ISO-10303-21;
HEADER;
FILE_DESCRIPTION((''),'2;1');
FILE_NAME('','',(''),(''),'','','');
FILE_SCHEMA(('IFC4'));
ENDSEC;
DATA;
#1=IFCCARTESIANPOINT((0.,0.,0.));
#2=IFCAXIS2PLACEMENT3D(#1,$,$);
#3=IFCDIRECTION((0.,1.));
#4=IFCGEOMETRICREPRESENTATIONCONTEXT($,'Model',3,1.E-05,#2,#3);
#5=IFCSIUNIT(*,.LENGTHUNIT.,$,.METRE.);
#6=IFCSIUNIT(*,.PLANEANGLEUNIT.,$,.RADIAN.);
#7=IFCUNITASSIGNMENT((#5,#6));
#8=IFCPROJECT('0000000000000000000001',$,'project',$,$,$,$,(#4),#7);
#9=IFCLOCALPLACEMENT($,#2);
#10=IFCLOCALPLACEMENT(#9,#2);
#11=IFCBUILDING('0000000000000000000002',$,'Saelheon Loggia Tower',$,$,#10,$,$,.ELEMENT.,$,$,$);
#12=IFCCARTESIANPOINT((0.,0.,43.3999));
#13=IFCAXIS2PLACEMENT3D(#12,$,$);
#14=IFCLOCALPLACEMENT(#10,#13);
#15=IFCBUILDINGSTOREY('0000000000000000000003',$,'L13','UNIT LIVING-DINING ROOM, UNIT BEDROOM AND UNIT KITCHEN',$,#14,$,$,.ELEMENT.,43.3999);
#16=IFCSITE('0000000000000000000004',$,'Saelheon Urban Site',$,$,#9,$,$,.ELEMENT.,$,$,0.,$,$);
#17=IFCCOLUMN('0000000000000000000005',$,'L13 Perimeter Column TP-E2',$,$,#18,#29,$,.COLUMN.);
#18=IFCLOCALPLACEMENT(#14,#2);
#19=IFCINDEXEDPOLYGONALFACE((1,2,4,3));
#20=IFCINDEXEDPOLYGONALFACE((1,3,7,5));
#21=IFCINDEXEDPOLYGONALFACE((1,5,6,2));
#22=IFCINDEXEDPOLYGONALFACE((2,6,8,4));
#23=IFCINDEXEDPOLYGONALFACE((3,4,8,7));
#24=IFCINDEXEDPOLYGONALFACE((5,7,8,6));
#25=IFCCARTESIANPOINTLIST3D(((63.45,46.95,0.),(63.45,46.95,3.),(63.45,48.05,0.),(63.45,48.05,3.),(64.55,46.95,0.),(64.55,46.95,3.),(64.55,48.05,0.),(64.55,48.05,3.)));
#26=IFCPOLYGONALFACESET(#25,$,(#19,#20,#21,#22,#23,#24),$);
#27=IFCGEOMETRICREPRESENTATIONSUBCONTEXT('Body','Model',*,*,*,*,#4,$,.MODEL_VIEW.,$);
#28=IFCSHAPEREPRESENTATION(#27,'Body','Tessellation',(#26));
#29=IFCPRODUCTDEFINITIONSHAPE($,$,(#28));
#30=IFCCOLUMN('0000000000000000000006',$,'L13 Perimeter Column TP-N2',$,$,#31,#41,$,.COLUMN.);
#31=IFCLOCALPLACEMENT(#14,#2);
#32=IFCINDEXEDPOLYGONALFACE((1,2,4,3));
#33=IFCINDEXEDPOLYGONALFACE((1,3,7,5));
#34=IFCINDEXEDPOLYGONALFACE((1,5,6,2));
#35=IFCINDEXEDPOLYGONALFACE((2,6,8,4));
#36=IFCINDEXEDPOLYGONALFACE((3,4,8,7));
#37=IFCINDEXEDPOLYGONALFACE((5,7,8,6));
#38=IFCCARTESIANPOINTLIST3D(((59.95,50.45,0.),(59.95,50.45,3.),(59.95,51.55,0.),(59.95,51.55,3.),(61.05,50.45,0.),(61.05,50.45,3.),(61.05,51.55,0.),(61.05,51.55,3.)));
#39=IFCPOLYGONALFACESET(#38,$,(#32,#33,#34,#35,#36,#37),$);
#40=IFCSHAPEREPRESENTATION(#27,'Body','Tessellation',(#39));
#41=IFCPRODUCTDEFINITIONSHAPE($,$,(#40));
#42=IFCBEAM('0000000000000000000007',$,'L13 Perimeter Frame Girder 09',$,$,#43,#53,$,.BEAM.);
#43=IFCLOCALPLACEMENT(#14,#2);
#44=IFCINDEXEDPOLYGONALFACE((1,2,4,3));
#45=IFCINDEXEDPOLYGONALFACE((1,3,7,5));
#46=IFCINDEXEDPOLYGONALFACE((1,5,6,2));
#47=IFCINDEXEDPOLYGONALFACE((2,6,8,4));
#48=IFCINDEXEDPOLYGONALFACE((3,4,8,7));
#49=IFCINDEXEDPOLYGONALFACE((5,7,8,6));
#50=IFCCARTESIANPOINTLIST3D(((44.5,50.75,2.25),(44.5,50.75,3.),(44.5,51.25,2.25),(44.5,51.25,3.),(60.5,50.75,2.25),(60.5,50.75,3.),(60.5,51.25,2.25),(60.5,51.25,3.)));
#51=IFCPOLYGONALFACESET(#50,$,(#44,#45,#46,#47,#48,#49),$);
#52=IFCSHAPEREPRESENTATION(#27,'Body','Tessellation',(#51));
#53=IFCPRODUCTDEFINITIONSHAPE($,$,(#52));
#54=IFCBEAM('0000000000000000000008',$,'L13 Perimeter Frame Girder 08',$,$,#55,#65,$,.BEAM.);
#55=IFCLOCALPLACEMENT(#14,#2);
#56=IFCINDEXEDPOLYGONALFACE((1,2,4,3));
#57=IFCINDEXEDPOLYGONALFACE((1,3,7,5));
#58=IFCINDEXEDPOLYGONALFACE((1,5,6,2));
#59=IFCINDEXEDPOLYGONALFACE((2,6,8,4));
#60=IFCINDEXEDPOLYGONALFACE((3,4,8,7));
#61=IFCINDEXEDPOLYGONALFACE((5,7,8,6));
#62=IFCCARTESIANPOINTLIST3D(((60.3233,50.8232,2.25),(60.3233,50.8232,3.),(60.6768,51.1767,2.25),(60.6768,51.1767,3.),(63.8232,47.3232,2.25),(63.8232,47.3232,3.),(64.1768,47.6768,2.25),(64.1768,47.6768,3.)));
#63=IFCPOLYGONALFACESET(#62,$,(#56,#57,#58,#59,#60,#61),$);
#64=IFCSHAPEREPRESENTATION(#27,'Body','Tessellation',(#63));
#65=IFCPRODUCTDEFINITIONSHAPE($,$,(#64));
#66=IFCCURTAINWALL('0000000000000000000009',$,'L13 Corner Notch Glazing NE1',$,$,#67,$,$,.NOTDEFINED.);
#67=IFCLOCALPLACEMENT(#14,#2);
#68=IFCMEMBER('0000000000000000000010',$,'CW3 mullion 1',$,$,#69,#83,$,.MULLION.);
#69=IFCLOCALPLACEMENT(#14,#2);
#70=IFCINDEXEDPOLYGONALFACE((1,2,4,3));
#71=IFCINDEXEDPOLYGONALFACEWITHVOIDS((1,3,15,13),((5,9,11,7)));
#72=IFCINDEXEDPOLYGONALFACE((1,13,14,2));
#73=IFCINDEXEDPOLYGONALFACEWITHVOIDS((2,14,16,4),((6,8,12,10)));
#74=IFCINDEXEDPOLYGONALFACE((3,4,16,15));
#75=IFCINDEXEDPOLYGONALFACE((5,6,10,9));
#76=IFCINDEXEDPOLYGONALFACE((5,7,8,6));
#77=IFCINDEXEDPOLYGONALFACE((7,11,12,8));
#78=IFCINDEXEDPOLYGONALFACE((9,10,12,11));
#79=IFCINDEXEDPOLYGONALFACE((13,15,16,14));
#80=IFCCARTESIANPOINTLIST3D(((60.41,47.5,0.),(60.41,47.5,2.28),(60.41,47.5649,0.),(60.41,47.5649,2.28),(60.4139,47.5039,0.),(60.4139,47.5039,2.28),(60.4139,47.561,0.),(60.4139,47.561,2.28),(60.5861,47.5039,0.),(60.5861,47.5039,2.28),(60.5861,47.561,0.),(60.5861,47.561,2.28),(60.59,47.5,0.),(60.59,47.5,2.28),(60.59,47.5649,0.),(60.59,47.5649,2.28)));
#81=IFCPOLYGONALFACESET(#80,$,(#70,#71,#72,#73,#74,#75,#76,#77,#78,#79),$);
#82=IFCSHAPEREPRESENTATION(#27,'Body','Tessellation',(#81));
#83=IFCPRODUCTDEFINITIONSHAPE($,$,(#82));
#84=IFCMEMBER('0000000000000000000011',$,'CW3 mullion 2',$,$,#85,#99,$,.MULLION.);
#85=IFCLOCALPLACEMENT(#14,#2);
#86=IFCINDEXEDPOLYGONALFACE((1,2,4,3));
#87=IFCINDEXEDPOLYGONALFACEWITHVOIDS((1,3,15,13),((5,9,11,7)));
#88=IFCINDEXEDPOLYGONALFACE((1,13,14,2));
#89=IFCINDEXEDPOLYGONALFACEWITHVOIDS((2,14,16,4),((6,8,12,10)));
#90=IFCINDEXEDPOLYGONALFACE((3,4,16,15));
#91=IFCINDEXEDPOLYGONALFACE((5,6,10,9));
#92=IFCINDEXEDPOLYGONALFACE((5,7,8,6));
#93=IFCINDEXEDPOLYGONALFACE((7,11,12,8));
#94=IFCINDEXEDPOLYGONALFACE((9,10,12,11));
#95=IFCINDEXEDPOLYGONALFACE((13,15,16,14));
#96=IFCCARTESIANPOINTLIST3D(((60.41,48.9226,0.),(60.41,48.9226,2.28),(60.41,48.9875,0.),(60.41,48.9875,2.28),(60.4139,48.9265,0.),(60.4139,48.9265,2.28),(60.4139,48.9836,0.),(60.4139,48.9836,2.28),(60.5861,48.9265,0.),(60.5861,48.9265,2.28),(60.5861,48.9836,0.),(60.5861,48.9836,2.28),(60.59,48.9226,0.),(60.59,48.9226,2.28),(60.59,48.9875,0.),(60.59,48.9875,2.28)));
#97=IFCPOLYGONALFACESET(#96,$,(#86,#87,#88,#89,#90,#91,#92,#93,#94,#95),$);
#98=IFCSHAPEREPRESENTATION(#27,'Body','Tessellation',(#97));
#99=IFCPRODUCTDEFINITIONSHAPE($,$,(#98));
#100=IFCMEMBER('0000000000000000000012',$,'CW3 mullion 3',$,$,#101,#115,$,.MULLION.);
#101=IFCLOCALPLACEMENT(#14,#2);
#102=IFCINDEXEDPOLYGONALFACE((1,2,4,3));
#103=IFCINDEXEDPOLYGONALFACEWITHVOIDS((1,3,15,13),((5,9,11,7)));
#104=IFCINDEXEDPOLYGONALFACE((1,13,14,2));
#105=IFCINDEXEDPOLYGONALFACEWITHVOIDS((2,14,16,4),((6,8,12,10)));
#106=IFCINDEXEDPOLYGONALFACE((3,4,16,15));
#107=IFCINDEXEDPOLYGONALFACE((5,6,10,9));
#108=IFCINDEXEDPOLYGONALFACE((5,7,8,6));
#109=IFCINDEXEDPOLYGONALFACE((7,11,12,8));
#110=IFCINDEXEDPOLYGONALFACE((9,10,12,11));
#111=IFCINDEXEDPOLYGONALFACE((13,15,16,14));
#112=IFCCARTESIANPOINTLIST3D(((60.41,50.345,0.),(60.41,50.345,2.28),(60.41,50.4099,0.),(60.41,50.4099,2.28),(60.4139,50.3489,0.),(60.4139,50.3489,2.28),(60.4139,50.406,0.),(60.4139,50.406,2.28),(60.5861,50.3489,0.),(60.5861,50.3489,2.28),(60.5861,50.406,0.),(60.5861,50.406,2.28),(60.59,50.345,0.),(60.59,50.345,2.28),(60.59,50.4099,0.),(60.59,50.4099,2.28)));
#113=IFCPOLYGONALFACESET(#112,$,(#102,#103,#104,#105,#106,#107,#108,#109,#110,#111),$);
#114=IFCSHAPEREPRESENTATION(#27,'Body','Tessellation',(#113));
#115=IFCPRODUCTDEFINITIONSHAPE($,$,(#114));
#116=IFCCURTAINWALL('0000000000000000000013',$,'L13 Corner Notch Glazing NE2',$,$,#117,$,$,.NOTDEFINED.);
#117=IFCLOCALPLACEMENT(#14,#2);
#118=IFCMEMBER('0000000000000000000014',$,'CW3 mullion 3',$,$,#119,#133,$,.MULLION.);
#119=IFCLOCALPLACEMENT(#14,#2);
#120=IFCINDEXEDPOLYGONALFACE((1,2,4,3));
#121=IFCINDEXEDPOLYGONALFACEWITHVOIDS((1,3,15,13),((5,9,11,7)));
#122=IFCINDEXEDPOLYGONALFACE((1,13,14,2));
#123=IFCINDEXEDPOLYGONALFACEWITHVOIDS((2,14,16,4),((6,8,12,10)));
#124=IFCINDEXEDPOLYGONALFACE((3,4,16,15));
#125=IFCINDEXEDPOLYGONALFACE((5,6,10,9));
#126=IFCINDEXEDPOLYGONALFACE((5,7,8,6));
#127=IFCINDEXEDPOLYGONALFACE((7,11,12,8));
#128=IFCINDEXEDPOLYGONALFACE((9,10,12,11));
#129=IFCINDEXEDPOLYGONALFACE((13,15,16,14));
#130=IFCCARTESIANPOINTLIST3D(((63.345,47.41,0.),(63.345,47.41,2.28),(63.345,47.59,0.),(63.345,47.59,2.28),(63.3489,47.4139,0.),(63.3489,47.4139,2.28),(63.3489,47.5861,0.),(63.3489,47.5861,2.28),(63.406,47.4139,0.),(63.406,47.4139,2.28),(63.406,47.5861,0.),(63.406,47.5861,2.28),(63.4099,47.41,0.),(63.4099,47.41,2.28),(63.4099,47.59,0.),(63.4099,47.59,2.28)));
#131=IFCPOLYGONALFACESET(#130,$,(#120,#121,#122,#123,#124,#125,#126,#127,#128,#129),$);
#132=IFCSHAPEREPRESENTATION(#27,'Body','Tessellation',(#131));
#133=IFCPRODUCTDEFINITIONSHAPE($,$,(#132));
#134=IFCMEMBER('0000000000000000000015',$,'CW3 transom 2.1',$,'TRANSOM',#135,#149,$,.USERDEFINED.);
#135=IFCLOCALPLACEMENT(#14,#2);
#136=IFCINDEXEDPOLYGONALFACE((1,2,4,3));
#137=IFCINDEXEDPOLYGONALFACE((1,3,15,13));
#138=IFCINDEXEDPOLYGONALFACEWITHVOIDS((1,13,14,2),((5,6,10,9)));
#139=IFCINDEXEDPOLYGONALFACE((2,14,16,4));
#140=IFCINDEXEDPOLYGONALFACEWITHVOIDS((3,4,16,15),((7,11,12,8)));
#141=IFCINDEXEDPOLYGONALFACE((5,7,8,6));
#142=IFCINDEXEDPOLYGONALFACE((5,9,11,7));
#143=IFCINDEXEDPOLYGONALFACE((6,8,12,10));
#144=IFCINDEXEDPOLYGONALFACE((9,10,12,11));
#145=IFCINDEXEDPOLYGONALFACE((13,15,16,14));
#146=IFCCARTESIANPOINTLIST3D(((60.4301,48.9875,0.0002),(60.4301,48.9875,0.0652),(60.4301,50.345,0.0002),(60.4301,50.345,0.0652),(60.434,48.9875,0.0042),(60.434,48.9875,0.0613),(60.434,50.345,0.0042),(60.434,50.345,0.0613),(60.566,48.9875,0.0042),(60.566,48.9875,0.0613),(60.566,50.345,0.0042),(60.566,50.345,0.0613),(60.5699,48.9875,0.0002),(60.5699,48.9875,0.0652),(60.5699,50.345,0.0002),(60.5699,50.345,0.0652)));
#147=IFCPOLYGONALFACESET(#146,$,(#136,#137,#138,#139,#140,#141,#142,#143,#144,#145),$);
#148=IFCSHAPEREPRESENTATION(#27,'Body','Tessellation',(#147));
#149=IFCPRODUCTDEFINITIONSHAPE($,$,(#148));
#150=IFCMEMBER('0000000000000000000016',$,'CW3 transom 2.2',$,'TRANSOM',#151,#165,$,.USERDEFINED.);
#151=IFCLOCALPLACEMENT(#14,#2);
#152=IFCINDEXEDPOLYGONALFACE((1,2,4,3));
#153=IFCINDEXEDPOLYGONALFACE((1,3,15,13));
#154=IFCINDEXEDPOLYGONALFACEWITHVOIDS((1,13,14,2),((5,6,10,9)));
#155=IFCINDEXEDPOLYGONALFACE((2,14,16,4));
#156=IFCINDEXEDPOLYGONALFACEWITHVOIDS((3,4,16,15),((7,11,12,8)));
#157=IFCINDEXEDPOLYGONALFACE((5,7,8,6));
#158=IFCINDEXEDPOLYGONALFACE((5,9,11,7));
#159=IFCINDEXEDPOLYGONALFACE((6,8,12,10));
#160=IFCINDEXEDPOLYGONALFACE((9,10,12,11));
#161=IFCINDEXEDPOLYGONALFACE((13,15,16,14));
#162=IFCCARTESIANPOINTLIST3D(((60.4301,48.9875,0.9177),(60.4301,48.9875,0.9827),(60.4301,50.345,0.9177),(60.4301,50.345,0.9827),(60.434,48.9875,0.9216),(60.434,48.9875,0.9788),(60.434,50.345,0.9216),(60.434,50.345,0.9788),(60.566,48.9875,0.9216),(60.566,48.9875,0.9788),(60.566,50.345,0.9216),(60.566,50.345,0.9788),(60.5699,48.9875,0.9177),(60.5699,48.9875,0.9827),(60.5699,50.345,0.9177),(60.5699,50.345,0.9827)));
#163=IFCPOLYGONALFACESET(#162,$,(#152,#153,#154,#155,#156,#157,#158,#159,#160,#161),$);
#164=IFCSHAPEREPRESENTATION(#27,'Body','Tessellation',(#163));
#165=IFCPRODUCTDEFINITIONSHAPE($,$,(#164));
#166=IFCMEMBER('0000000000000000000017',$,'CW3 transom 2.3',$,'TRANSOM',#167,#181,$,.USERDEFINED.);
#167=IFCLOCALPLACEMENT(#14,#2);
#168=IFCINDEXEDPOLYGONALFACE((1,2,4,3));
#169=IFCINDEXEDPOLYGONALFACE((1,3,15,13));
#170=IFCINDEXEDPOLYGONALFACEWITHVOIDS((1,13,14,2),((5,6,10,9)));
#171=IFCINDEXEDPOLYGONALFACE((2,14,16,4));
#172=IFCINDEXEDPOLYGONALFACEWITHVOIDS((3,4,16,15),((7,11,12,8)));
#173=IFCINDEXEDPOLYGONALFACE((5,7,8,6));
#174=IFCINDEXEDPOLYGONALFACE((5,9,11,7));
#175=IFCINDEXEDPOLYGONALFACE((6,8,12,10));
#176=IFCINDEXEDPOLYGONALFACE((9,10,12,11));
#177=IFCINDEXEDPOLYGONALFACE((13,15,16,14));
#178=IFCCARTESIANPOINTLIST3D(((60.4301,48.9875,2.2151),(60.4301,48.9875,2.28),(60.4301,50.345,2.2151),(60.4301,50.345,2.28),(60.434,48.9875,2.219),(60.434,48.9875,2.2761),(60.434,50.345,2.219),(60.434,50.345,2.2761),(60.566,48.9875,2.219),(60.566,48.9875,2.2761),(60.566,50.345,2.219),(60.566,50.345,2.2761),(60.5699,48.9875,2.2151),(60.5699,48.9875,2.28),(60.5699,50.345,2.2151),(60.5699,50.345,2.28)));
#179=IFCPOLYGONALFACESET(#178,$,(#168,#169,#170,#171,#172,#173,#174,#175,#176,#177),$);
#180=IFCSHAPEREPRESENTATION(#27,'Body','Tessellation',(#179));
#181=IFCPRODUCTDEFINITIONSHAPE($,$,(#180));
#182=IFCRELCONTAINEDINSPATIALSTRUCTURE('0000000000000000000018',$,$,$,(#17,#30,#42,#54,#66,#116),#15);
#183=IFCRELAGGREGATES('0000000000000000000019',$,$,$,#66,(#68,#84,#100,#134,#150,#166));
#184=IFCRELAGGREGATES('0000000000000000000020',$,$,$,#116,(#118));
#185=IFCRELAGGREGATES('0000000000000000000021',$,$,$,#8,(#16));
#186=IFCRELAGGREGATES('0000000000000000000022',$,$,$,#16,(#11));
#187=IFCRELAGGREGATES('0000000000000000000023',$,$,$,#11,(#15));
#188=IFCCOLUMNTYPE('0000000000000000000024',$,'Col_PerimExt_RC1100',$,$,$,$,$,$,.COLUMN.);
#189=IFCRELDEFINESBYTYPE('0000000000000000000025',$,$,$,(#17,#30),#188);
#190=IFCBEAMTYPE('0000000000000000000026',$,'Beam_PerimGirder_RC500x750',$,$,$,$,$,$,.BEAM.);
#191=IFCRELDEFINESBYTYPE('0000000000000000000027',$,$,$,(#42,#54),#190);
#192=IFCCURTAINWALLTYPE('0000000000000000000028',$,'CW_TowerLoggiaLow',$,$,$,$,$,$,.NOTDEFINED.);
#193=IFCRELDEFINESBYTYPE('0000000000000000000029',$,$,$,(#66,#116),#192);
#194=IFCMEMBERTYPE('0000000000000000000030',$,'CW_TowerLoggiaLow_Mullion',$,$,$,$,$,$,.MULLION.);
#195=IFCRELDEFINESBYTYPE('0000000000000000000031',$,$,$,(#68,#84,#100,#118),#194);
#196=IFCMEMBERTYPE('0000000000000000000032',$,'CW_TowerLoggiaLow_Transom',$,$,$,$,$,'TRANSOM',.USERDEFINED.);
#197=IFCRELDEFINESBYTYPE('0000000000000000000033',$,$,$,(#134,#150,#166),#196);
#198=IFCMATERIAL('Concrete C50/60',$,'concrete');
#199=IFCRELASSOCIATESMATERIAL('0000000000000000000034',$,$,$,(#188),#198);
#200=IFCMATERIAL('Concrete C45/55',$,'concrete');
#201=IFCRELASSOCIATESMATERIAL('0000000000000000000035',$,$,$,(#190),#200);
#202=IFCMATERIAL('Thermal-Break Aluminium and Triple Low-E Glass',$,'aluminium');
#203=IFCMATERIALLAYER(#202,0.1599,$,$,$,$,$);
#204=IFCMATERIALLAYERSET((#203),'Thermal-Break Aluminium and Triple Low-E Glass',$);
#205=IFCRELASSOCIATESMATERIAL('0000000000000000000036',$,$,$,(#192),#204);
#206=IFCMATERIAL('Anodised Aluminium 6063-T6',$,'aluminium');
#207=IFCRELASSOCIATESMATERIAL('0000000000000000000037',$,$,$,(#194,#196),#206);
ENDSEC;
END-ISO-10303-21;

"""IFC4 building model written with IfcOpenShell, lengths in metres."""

from ifc_helpers import new_model, si_unit, direction, frame, origin, origin_2d, place, context, subcontext, project, spatial, rectangle, hollow_rectangle, extrude, source, transform, mapped, material, layer, layer_set, material_profile, profile_set, type_object, element, aggregate, save


model = new_model("IFC4")

# Units and contexts
model_context = context("Model", 3, precision=1e-05, world=origin(), true_north=direction((0.0, 1.0)))
body_context = subcontext(model_context, "Body", "Model", "MODEL_VIEW")
ifc_project = project(units=[si_unit("LENGTHUNIT", "METRE"), si_unit("PLANEANGLEUNIT", "RADIAN")], contexts=[model_context])

# Site, building, storey
site_placement = place(None, origin())
site = spatial("IfcSite", under=ifc_project, at=site_placement, Name="Saelheon Urban Site", CompositionType="ELEMENT", RefElevation=0.0)
building_placement = place(site_placement, origin())
building = spatial("IfcBuilding", under=site, at=building_placement, Name="Saelheon Loggia Tower", CompositionType="ELEMENT")
storey_placement = place(building_placement, frame((0.0, 0.0, 43.3999)))
storey = spatial("IfcBuildingStorey", under=building, at=storey_placement, Name="L13", Description="UNIT LIVING-DINING ROOM, UNIT BEDROOM AND UNIT KITCHEN", CompositionType="ELEMENT", Elevation=43.3999)

# Columns
ifc_material_1 = material(Name="Concrete C50/60", Category="concrete")
ifc_material_profile_1 = material_profile(ifc_material_1, rectangle(XDim=1.1001, YDim=1.1001, at=origin_2d()), Name="RC-1100x1100")
ifc_profile_set_1 = profile_set([ifc_material_profile_1], Name="Concrete C50/60")
column_type = type_object("IfcColumnType", Name="Col_PerimExt_RC1100", PredefinedType="COLUMN", material=ifc_profile_set_1)
shared_shape_1 = source(origin(), body_context, "Body", "SweptSolid", [
    extrude(rectangle(XDim=1.1001, YDim=1.1001, at=origin_2d()), origin(), (0.0, 0.0, 1.0), 3.0),
])
for number, where, z_axis, x_axis, name in (
    (1, (64.0, 47.5, 0.0), (0.0, 0.0, 1.0), (1.0, 0.0, 0.0), "L13 Perimeter Column TP-E2"),
    (2, (60.5, 51.0, 0.0), (0.0, 0.0, 1.0), (1.0, 0.0, 0.0), "L13 Perimeter Column TP-N2"),
):
    element("IfcColumn", number, at=place(storey_placement, frame(where, z_axis=z_axis, x_axis=x_axis)), inside=storey, type_object=column_type, Name=name, PredefinedType="COLUMN", context=body_context, shape_type="MappedRepresentation", body=[
        mapped(shared_shape_1, transform((0.0, 0.0, 0.0), scale=1.0)),
    ])

# Beams
ifc_material_2 = material(Name="Concrete C45/55", Category="concrete")
ifc_material_profile_2 = material_profile(ifc_material_2, rectangle(XDim=0.5, YDim=0.75, at=origin_2d()), Name="RC-500x750")
ifc_profile_set_2 = profile_set([ifc_material_profile_2], Name="Concrete C45/55")
beam_type = type_object("IfcBeamType", Name="Beam_PerimGirder_RC500x750", PredefinedType="BEAM", material=ifc_profile_set_2)
shared_shape_2 = source(origin(), body_context, "Body", "SweptSolid", [
    extrude(rectangle(XDim=0.5, YDim=0.75, at=origin_2d()), origin(), (0.0, 0.0, 1.0), 16.0),
])
beam_1_placement = place(storey_placement, frame((60.5, 51.0, 2.625), z_axis=(-1.0, 0.0, 0.0), x_axis=(0.0, -1.0, 0.0)))
element("IfcBeam", 3, at=beam_1_placement, inside=storey, type_object=beam_type, Name="L13 Perimeter Frame Girder 09", PredefinedType="BEAM", context=body_context, shape_type="MappedRepresentation", body=[
    mapped(shared_shape_2, transform((0.0, 0.0, 0.0), scale=1.0)),
])
shared_shape_3 = source(origin(), body_context, "Body", "SweptSolid", [
    extrude(rectangle(XDim=0.5, YDim=0.75, at=origin_2d()), origin(), (0.0, 0.0, 1.0), 4.9497),
])
beam_2_placement = place(storey_placement, frame((64.0, 47.5, 2.625), z_axis=(-0.707107, 0.707107, 0.0), x_axis=(-0.707107, -0.707107, 0.0)))
element("IfcBeam", 4, at=beam_2_placement, inside=storey, type_object=beam_type, Name="L13 Perimeter Frame Girder 08", PredefinedType="BEAM", context=body_context, shape_type="MappedRepresentation", body=[
    mapped(shared_shape_3, transform((0.0, 0.0, 0.0), scale=1.0)),
])

# Curtain wall, members
ifc_material_3 = material(Name="Thermal-Break Aluminium and Triple Low-E Glass", Category="aluminium")
ifc_layer_1 = layer(ifc_material_3, 0.1599)
ifc_layer_set_1 = layer_set([ifc_layer_1], Name="Thermal-Break Aluminium and Triple Low-E Glass")
curtain_wall_type = type_object("IfcCurtainWallType", Name="CW_TowerLoggiaLow", PredefinedType="NOTDEFINED", material=ifc_layer_set_1)
curtain_wall_1_placement = place(storey_placement, origin())
curtain_wall_1 = element("IfcCurtainWall", 5, at=curtain_wall_1_placement, inside=storey, type_object=curtain_wall_type, Name="L13 Corner Notch Glazing NE1", PredefinedType="NOTDEFINED")
ifc_material_4 = material(Name="Anodised Aluminium 6063-T6", Category="aluminium")
ifc_material_profile_3 = material_profile(ifc_material_4, hollow_rectangle(XDim=0.0649, YDim=0.1799, WallThickness=0.0039, at=origin_2d()), Name="RHS-180x65x4")
ifc_profile_set_3 = profile_set([ifc_material_profile_3], Name="Anodised Aluminium 6063-T6")
member_type_1 = type_object("IfcMemberType", Name="CW_TowerLoggiaLow_Mullion", PredefinedType="MULLION", material=ifc_profile_set_3)
shared_shape_4 = source(origin(), body_context, "Body", "SweptSolid", [
    extrude(hollow_rectangle(XDim=0.0649, YDim=0.1799, WallThickness=0.0039, at=origin_2d()), origin(), (0.0, 0.0, 1.0), 2.28),
])
member_1_placement = place(storey_placement, frame((60.5, 47.5325, 0.0), z_axis=(0.0, 0.0, 1.0), x_axis=(0.0, 1.0, 0.0)))
member_1 = element("IfcMember", 6, at=member_1_placement, type_object=member_type_1, Name="CW3 mullion 1", PredefinedType="MULLION", context=body_context, shape_type="MappedRepresentation", body=[
    mapped(shared_shape_4, transform((0.0, 0.0, 0.0), scale=1.0)),
])
member_2_placement = place(storey_placement, frame((60.5, 48.9551, 0.0), z_axis=(0.0, 0.0, 1.0), x_axis=(0.0, 1.0, 0.0)))
member_2 = element("IfcMember", 7, at=member_2_placement, type_object=member_type_1, Name="CW3 mullion 2", PredefinedType="MULLION", context=body_context, shape_type="MappedRepresentation", body=[
    mapped(shared_shape_4, transform((0.0, 0.0, 0.0), scale=1.0)),
])
member_3_placement = place(storey_placement, frame((60.5, 50.3774, 0.0), z_axis=(0.0, 0.0, 1.0), x_axis=(0.0, 1.0, 0.0)))
member_3 = element("IfcMember", 8, at=member_3_placement, type_object=member_type_1, Name="CW3 mullion 3", PredefinedType="MULLION", context=body_context, shape_type="MappedRepresentation", body=[
    mapped(shared_shape_4, transform((0.0, 0.0, 0.0), scale=1.0)),
])

# Curtain wall, member
curtain_wall_2_placement = place(storey_placement, origin())
curtain_wall_2 = element("IfcCurtainWall", 9, at=curtain_wall_2_placement, inside=storey, type_object=curtain_wall_type, Name="L13 Corner Notch Glazing NE2", PredefinedType="NOTDEFINED")
member_4_placement = place(storey_placement, frame((63.3774, 47.5, 0.0), z_axis=(0.0, 0.0, 1.0), x_axis=(1.0, 0.0, 0.0)))
member_4 = element("IfcMember", 10, at=member_4_placement, type_object=member_type_1, Name="CW3 mullion 3", PredefinedType="MULLION", context=body_context, shape_type="MappedRepresentation", body=[
    mapped(shared_shape_4, transform((0.0, 0.0, 0.0), scale=1.0)),
])

# Members
ifc_material_profile_4 = material_profile(ifc_material_4, hollow_rectangle(XDim=0.0649, YDim=0.1399, WallThickness=0.0039, at=origin_2d()), Name="RHS-140x65x4")
ifc_profile_set_4 = profile_set([ifc_material_profile_4], Name="Anodised Aluminium 6063-T6")
member_type_2 = type_object("IfcMemberType", Name="CW_TowerLoggiaLow_Transom", ElementType="TRANSOM", PredefinedType="USERDEFINED", material=ifc_profile_set_4)
shared_shape_5 = source(origin(), body_context, "Body", "SweptSolid", [
    extrude(hollow_rectangle(XDim=0.0649, YDim=0.1399, WallThickness=0.0039, at=origin_2d()), origin(), (0.0, 0.0, 1.0), 1.3574),
])
member_5_placement = place(storey_placement, frame((60.5, 48.9875, 0.0327), z_axis=(0.0, 1.0, 0.0), x_axis=(0.0, 0.0, 1.0)))
member_5 = element("IfcMember", 11, at=member_5_placement, type_object=member_type_2, Name="CW3 transom 2.1", ObjectType="TRANSOM", PredefinedType="USERDEFINED", context=body_context, shape_type="MappedRepresentation", body=[
    mapped(shared_shape_5, transform((0.0, 0.0, 0.0), scale=1.0)),
])
member_6_placement = place(storey_placement, frame((60.5, 48.9875, 0.9502), z_axis=(0.0, 1.0, 0.0), x_axis=(0.0, 0.0, 1.0)))
member_6 = element("IfcMember", 12, at=member_6_placement, type_object=member_type_2, Name="CW3 transom 2.2", ObjectType="TRANSOM", PredefinedType="USERDEFINED", context=body_context, shape_type="MappedRepresentation", body=[
    mapped(shared_shape_5, transform((0.0, 0.0, 0.0), scale=1.0)),
])
member_7_placement = place(storey_placement, frame((60.5, 48.9875, 2.2476), z_axis=(0.0, 1.0, 0.0), x_axis=(0.0, 0.0, 1.0)))
member_7 = element("IfcMember", 13, at=member_7_placement, type_object=member_type_2, Name="CW3 transom 2.3", ObjectType="TRANSOM", PredefinedType="USERDEFINED", context=body_context, shape_type="MappedRepresentation", body=[
    mapped(shared_shape_5, transform((0.0, 0.0, 0.0), scale=1.0)),
])

aggregate(curtain_wall_1, [member_1, member_2, member_3, member_5, member_6, member_7])
aggregate(curtain_wall_2, [member_4])

save(model, "model.ifc")
